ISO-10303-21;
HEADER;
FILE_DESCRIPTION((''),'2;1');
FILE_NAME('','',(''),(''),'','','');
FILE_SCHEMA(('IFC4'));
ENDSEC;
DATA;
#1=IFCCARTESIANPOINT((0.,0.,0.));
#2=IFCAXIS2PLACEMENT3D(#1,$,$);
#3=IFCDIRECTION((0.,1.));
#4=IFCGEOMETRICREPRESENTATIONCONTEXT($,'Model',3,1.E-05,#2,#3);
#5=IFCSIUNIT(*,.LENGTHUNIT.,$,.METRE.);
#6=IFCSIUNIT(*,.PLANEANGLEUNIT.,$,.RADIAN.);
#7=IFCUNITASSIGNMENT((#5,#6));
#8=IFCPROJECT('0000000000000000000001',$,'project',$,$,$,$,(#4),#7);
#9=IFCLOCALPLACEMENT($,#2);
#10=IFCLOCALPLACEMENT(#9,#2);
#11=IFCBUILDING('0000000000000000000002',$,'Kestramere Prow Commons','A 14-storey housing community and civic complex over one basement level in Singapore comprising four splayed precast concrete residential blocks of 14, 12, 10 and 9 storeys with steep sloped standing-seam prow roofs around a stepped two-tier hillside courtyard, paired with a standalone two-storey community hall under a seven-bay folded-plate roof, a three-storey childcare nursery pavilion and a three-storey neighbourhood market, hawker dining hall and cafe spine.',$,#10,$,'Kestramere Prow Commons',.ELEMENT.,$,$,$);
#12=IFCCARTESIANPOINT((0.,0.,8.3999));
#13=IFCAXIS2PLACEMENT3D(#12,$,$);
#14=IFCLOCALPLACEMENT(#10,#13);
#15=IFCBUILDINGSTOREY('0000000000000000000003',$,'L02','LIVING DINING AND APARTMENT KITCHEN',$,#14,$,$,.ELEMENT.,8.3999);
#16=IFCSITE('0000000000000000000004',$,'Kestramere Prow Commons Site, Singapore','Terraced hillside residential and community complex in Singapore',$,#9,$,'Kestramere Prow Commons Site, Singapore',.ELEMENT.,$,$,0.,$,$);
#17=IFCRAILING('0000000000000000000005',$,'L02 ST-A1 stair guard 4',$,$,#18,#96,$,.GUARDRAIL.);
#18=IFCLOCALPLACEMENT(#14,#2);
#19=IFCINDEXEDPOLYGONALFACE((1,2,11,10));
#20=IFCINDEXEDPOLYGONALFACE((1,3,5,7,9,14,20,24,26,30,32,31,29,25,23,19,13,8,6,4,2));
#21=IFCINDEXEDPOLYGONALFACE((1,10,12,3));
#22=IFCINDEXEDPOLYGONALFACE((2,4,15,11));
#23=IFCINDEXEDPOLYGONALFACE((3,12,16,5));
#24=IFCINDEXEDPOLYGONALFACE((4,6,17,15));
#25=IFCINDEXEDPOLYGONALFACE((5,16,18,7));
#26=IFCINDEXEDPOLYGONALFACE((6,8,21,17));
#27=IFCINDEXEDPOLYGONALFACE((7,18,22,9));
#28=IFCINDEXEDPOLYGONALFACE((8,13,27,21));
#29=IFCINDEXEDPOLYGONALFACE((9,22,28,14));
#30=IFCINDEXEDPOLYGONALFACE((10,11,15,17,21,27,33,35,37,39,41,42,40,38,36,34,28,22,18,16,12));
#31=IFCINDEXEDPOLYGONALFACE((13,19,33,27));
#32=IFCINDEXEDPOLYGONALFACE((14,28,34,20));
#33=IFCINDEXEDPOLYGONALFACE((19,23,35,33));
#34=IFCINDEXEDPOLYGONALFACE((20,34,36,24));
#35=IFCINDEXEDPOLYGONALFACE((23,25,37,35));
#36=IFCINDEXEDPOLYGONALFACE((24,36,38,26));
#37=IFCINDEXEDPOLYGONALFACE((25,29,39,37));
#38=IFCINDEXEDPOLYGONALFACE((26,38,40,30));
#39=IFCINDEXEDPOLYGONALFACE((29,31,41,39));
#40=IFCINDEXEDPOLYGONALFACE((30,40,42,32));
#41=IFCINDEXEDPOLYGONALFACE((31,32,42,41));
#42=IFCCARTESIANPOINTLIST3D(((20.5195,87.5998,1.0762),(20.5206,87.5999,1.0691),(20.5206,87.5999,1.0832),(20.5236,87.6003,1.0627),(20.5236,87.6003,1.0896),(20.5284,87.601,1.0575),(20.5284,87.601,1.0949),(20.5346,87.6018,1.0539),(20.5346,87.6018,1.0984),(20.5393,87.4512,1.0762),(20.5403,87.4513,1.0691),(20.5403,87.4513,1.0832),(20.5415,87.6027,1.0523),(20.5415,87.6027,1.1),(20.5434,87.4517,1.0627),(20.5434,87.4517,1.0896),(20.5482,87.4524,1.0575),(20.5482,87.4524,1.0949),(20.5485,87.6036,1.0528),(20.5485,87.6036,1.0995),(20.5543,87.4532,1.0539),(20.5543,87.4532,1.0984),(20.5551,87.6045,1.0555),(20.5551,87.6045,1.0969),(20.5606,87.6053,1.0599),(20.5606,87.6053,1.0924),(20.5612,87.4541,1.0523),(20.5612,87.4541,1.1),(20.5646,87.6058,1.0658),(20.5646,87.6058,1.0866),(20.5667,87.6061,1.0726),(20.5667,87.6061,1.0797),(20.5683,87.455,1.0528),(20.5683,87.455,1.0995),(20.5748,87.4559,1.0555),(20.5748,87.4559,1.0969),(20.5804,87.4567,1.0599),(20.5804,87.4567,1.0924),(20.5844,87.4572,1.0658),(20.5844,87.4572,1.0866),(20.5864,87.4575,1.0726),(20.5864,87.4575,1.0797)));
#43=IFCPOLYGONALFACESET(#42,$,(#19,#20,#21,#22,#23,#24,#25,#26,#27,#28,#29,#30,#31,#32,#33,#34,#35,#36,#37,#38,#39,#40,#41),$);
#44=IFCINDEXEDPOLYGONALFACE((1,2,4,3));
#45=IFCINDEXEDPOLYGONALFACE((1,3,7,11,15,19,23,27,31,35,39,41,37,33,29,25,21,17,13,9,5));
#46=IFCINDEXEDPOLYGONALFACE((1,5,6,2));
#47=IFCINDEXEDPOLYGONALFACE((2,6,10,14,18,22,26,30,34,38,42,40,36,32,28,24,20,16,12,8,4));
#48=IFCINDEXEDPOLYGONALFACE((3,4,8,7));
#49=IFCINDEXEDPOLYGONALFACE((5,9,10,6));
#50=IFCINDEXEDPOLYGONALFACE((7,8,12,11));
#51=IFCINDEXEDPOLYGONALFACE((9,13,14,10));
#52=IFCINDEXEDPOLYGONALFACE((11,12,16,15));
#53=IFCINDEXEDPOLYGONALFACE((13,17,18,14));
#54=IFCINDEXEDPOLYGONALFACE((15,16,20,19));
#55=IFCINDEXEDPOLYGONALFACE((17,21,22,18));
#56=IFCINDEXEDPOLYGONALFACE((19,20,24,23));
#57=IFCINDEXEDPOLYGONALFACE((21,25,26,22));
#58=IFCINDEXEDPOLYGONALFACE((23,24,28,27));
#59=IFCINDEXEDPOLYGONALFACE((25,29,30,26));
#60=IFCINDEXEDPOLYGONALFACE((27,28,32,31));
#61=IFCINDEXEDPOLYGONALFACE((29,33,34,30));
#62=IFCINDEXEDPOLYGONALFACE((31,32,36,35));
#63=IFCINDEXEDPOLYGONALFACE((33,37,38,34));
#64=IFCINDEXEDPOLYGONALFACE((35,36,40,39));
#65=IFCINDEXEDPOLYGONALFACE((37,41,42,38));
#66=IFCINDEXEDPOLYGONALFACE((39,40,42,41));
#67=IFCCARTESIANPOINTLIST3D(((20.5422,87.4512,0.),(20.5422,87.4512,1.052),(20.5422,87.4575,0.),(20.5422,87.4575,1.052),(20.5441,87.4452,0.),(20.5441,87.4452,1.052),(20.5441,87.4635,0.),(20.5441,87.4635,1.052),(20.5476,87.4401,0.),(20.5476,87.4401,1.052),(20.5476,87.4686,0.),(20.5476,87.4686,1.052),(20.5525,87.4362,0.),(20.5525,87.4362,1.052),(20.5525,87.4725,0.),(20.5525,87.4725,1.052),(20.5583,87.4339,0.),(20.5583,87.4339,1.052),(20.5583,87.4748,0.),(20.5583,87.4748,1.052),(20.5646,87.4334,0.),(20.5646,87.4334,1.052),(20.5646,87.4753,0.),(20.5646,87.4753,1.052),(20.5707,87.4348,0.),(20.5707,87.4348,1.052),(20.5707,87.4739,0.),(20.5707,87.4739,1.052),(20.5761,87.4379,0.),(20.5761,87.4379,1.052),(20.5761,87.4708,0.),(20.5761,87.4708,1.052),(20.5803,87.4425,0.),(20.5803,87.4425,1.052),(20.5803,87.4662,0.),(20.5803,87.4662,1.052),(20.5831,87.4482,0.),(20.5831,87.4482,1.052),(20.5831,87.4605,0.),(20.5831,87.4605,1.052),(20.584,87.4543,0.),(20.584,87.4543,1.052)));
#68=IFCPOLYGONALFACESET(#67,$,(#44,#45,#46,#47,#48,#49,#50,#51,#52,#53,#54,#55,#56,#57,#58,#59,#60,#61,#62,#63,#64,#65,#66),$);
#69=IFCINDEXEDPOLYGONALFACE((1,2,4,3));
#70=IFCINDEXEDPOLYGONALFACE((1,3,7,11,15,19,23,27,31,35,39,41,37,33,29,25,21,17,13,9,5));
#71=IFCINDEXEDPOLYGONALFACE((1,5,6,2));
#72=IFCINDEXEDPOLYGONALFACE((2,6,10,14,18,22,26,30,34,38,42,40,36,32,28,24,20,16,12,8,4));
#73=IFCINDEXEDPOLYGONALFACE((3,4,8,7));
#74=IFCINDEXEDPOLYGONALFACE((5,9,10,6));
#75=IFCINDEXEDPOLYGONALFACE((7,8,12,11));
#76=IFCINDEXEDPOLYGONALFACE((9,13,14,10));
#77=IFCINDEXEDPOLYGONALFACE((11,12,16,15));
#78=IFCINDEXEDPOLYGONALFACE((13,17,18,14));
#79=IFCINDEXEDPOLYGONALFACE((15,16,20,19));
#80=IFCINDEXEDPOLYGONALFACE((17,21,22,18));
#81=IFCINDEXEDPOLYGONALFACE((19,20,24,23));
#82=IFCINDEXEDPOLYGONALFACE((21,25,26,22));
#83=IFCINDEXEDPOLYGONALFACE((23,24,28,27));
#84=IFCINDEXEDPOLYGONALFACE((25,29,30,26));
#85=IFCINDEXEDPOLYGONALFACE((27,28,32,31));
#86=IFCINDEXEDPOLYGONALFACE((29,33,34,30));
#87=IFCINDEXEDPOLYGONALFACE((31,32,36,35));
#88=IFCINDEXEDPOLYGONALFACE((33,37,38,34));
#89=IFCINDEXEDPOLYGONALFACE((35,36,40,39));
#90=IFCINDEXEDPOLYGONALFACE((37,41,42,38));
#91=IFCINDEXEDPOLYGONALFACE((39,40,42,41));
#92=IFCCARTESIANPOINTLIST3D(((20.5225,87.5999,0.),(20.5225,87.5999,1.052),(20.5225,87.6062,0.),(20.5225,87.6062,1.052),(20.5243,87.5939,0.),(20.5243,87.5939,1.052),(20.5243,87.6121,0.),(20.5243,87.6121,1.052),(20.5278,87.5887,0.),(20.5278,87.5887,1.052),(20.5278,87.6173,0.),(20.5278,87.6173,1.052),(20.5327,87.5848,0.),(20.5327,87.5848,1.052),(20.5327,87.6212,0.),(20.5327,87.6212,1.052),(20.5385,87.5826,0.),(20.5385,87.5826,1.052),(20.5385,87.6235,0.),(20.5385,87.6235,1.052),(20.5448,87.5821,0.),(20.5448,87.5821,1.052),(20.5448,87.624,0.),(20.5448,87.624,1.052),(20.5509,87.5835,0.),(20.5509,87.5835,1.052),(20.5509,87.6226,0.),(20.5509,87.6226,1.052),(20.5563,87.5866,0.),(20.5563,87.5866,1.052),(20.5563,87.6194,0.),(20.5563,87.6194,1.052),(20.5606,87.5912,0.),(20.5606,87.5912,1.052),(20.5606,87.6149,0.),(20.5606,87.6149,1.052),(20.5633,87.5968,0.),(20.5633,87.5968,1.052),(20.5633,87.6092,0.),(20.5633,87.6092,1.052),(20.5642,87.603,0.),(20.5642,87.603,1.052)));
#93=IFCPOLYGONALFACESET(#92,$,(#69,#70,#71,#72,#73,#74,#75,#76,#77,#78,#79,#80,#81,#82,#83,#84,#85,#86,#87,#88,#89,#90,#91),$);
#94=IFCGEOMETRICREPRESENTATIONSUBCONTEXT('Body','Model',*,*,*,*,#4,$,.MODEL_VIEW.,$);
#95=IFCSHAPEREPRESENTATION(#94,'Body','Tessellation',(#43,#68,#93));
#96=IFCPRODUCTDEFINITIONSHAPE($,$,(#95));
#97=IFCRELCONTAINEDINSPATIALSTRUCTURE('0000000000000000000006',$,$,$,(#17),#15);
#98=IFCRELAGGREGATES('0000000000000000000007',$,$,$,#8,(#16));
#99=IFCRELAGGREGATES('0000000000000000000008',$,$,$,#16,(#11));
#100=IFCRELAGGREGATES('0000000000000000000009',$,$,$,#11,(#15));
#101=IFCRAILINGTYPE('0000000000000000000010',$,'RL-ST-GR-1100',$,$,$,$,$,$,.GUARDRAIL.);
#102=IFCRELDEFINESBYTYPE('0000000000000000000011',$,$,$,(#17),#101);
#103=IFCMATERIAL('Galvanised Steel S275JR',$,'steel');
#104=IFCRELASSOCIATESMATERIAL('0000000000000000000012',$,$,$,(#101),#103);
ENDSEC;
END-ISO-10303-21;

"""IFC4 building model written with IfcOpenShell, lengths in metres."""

from ifc_helpers import new_model, si_unit, direction, frame, origin, origin_2d, place, context, subcontext, project, spatial, circle, extrude, material, type_object, element, save


model = new_model("IFC4")

# Units and contexts
model_context = context("Model", 3, precision=1e-05, world=origin(), true_north=direction((0.0, 1.0)))
body_context = subcontext(model_context, "Body", "Model", "MODEL_VIEW")
ifc_project = project(units=[si_unit("LENGTHUNIT", "METRE"), si_unit("PLANEANGLEUNIT", "RADIAN")], contexts=[model_context])

# Site, building, storey
site_placement = place(None, origin())
site = spatial("IfcSite", under=ifc_project, at=site_placement, Name="Kestramere Prow Commons Site, Singapore", Description="Terraced hillside residential and community complex in Singapore", LongName="Kestramere Prow Commons Site, Singapore", CompositionType="ELEMENT", RefElevation=0.0)
building_placement = place(site_placement, origin())
building = spatial("IfcBuilding", under=site, at=building_placement, Name="Kestramere Prow Commons", Description="A 14-storey housing community and civic complex over one basement level in Singapore comprising four splayed precast concrete residential blocks of 14, 12, 10 and 9 storeys with steep sloped standing-seam prow roofs around a stepped two-tier hillside courtyard, paired with a standalone two-storey community hall under a seven-bay folded-plate roof, a three-storey childcare nursery pavilion and a three-storey neighbourhood market, hawker dining hall and cafe spine.", LongName="Kestramere Prow Commons", CompositionType="ELEMENT")
storey_placement = place(building_placement, frame((0.0, 0.0, 8.3999)))
storey = spatial("IfcBuildingStorey", under=building, at=storey_placement, Name="L02", Description="LIVING DINING AND APARTMENT KITCHEN", CompositionType="ELEMENT", Elevation=8.3999)

# Railing
ifc_material_1 = material(Name="Galvanised Steel S275JR", Category="steel")
railing_type_1 = type_object("IfcRailingType", Name="RL-ST-GR-1100", PredefinedType="GUARDRAIL", material=ifc_material_1)
railing_1_placement = place(storey_placement, frame((20.563, 87.4543, 0.0)))
element("IfcRailing", 1, at=railing_1_placement, inside=storey, type_object=railing_type_1, Name="L02 ST-A1 stair guard 4", PredefinedType="GUARDRAIL", context=body_context, shape_type="SweptSolid", body=[
    extrude(circle(Radius=0.0239, at=origin_2d()), frame((0.0, 0.0, 1.0762), z_axis=(-0.131844, 0.99127, 0.0), x_axis=(-0.99127, -0.131844, 0.0)), (0.0, 0.0, 1.0), 0.1499),
    extrude(circle(Radius=0.021, at=origin_2d()), origin(), (0.0, 0.0, 1.0), 1.052),
    extrude(circle(Radius=0.021, at=origin_2d()), frame((-0.0198, 0.1487, 0.0)), (0.0, 0.0, 1.0), 1.052),
])

save(model, "model.ifc")
